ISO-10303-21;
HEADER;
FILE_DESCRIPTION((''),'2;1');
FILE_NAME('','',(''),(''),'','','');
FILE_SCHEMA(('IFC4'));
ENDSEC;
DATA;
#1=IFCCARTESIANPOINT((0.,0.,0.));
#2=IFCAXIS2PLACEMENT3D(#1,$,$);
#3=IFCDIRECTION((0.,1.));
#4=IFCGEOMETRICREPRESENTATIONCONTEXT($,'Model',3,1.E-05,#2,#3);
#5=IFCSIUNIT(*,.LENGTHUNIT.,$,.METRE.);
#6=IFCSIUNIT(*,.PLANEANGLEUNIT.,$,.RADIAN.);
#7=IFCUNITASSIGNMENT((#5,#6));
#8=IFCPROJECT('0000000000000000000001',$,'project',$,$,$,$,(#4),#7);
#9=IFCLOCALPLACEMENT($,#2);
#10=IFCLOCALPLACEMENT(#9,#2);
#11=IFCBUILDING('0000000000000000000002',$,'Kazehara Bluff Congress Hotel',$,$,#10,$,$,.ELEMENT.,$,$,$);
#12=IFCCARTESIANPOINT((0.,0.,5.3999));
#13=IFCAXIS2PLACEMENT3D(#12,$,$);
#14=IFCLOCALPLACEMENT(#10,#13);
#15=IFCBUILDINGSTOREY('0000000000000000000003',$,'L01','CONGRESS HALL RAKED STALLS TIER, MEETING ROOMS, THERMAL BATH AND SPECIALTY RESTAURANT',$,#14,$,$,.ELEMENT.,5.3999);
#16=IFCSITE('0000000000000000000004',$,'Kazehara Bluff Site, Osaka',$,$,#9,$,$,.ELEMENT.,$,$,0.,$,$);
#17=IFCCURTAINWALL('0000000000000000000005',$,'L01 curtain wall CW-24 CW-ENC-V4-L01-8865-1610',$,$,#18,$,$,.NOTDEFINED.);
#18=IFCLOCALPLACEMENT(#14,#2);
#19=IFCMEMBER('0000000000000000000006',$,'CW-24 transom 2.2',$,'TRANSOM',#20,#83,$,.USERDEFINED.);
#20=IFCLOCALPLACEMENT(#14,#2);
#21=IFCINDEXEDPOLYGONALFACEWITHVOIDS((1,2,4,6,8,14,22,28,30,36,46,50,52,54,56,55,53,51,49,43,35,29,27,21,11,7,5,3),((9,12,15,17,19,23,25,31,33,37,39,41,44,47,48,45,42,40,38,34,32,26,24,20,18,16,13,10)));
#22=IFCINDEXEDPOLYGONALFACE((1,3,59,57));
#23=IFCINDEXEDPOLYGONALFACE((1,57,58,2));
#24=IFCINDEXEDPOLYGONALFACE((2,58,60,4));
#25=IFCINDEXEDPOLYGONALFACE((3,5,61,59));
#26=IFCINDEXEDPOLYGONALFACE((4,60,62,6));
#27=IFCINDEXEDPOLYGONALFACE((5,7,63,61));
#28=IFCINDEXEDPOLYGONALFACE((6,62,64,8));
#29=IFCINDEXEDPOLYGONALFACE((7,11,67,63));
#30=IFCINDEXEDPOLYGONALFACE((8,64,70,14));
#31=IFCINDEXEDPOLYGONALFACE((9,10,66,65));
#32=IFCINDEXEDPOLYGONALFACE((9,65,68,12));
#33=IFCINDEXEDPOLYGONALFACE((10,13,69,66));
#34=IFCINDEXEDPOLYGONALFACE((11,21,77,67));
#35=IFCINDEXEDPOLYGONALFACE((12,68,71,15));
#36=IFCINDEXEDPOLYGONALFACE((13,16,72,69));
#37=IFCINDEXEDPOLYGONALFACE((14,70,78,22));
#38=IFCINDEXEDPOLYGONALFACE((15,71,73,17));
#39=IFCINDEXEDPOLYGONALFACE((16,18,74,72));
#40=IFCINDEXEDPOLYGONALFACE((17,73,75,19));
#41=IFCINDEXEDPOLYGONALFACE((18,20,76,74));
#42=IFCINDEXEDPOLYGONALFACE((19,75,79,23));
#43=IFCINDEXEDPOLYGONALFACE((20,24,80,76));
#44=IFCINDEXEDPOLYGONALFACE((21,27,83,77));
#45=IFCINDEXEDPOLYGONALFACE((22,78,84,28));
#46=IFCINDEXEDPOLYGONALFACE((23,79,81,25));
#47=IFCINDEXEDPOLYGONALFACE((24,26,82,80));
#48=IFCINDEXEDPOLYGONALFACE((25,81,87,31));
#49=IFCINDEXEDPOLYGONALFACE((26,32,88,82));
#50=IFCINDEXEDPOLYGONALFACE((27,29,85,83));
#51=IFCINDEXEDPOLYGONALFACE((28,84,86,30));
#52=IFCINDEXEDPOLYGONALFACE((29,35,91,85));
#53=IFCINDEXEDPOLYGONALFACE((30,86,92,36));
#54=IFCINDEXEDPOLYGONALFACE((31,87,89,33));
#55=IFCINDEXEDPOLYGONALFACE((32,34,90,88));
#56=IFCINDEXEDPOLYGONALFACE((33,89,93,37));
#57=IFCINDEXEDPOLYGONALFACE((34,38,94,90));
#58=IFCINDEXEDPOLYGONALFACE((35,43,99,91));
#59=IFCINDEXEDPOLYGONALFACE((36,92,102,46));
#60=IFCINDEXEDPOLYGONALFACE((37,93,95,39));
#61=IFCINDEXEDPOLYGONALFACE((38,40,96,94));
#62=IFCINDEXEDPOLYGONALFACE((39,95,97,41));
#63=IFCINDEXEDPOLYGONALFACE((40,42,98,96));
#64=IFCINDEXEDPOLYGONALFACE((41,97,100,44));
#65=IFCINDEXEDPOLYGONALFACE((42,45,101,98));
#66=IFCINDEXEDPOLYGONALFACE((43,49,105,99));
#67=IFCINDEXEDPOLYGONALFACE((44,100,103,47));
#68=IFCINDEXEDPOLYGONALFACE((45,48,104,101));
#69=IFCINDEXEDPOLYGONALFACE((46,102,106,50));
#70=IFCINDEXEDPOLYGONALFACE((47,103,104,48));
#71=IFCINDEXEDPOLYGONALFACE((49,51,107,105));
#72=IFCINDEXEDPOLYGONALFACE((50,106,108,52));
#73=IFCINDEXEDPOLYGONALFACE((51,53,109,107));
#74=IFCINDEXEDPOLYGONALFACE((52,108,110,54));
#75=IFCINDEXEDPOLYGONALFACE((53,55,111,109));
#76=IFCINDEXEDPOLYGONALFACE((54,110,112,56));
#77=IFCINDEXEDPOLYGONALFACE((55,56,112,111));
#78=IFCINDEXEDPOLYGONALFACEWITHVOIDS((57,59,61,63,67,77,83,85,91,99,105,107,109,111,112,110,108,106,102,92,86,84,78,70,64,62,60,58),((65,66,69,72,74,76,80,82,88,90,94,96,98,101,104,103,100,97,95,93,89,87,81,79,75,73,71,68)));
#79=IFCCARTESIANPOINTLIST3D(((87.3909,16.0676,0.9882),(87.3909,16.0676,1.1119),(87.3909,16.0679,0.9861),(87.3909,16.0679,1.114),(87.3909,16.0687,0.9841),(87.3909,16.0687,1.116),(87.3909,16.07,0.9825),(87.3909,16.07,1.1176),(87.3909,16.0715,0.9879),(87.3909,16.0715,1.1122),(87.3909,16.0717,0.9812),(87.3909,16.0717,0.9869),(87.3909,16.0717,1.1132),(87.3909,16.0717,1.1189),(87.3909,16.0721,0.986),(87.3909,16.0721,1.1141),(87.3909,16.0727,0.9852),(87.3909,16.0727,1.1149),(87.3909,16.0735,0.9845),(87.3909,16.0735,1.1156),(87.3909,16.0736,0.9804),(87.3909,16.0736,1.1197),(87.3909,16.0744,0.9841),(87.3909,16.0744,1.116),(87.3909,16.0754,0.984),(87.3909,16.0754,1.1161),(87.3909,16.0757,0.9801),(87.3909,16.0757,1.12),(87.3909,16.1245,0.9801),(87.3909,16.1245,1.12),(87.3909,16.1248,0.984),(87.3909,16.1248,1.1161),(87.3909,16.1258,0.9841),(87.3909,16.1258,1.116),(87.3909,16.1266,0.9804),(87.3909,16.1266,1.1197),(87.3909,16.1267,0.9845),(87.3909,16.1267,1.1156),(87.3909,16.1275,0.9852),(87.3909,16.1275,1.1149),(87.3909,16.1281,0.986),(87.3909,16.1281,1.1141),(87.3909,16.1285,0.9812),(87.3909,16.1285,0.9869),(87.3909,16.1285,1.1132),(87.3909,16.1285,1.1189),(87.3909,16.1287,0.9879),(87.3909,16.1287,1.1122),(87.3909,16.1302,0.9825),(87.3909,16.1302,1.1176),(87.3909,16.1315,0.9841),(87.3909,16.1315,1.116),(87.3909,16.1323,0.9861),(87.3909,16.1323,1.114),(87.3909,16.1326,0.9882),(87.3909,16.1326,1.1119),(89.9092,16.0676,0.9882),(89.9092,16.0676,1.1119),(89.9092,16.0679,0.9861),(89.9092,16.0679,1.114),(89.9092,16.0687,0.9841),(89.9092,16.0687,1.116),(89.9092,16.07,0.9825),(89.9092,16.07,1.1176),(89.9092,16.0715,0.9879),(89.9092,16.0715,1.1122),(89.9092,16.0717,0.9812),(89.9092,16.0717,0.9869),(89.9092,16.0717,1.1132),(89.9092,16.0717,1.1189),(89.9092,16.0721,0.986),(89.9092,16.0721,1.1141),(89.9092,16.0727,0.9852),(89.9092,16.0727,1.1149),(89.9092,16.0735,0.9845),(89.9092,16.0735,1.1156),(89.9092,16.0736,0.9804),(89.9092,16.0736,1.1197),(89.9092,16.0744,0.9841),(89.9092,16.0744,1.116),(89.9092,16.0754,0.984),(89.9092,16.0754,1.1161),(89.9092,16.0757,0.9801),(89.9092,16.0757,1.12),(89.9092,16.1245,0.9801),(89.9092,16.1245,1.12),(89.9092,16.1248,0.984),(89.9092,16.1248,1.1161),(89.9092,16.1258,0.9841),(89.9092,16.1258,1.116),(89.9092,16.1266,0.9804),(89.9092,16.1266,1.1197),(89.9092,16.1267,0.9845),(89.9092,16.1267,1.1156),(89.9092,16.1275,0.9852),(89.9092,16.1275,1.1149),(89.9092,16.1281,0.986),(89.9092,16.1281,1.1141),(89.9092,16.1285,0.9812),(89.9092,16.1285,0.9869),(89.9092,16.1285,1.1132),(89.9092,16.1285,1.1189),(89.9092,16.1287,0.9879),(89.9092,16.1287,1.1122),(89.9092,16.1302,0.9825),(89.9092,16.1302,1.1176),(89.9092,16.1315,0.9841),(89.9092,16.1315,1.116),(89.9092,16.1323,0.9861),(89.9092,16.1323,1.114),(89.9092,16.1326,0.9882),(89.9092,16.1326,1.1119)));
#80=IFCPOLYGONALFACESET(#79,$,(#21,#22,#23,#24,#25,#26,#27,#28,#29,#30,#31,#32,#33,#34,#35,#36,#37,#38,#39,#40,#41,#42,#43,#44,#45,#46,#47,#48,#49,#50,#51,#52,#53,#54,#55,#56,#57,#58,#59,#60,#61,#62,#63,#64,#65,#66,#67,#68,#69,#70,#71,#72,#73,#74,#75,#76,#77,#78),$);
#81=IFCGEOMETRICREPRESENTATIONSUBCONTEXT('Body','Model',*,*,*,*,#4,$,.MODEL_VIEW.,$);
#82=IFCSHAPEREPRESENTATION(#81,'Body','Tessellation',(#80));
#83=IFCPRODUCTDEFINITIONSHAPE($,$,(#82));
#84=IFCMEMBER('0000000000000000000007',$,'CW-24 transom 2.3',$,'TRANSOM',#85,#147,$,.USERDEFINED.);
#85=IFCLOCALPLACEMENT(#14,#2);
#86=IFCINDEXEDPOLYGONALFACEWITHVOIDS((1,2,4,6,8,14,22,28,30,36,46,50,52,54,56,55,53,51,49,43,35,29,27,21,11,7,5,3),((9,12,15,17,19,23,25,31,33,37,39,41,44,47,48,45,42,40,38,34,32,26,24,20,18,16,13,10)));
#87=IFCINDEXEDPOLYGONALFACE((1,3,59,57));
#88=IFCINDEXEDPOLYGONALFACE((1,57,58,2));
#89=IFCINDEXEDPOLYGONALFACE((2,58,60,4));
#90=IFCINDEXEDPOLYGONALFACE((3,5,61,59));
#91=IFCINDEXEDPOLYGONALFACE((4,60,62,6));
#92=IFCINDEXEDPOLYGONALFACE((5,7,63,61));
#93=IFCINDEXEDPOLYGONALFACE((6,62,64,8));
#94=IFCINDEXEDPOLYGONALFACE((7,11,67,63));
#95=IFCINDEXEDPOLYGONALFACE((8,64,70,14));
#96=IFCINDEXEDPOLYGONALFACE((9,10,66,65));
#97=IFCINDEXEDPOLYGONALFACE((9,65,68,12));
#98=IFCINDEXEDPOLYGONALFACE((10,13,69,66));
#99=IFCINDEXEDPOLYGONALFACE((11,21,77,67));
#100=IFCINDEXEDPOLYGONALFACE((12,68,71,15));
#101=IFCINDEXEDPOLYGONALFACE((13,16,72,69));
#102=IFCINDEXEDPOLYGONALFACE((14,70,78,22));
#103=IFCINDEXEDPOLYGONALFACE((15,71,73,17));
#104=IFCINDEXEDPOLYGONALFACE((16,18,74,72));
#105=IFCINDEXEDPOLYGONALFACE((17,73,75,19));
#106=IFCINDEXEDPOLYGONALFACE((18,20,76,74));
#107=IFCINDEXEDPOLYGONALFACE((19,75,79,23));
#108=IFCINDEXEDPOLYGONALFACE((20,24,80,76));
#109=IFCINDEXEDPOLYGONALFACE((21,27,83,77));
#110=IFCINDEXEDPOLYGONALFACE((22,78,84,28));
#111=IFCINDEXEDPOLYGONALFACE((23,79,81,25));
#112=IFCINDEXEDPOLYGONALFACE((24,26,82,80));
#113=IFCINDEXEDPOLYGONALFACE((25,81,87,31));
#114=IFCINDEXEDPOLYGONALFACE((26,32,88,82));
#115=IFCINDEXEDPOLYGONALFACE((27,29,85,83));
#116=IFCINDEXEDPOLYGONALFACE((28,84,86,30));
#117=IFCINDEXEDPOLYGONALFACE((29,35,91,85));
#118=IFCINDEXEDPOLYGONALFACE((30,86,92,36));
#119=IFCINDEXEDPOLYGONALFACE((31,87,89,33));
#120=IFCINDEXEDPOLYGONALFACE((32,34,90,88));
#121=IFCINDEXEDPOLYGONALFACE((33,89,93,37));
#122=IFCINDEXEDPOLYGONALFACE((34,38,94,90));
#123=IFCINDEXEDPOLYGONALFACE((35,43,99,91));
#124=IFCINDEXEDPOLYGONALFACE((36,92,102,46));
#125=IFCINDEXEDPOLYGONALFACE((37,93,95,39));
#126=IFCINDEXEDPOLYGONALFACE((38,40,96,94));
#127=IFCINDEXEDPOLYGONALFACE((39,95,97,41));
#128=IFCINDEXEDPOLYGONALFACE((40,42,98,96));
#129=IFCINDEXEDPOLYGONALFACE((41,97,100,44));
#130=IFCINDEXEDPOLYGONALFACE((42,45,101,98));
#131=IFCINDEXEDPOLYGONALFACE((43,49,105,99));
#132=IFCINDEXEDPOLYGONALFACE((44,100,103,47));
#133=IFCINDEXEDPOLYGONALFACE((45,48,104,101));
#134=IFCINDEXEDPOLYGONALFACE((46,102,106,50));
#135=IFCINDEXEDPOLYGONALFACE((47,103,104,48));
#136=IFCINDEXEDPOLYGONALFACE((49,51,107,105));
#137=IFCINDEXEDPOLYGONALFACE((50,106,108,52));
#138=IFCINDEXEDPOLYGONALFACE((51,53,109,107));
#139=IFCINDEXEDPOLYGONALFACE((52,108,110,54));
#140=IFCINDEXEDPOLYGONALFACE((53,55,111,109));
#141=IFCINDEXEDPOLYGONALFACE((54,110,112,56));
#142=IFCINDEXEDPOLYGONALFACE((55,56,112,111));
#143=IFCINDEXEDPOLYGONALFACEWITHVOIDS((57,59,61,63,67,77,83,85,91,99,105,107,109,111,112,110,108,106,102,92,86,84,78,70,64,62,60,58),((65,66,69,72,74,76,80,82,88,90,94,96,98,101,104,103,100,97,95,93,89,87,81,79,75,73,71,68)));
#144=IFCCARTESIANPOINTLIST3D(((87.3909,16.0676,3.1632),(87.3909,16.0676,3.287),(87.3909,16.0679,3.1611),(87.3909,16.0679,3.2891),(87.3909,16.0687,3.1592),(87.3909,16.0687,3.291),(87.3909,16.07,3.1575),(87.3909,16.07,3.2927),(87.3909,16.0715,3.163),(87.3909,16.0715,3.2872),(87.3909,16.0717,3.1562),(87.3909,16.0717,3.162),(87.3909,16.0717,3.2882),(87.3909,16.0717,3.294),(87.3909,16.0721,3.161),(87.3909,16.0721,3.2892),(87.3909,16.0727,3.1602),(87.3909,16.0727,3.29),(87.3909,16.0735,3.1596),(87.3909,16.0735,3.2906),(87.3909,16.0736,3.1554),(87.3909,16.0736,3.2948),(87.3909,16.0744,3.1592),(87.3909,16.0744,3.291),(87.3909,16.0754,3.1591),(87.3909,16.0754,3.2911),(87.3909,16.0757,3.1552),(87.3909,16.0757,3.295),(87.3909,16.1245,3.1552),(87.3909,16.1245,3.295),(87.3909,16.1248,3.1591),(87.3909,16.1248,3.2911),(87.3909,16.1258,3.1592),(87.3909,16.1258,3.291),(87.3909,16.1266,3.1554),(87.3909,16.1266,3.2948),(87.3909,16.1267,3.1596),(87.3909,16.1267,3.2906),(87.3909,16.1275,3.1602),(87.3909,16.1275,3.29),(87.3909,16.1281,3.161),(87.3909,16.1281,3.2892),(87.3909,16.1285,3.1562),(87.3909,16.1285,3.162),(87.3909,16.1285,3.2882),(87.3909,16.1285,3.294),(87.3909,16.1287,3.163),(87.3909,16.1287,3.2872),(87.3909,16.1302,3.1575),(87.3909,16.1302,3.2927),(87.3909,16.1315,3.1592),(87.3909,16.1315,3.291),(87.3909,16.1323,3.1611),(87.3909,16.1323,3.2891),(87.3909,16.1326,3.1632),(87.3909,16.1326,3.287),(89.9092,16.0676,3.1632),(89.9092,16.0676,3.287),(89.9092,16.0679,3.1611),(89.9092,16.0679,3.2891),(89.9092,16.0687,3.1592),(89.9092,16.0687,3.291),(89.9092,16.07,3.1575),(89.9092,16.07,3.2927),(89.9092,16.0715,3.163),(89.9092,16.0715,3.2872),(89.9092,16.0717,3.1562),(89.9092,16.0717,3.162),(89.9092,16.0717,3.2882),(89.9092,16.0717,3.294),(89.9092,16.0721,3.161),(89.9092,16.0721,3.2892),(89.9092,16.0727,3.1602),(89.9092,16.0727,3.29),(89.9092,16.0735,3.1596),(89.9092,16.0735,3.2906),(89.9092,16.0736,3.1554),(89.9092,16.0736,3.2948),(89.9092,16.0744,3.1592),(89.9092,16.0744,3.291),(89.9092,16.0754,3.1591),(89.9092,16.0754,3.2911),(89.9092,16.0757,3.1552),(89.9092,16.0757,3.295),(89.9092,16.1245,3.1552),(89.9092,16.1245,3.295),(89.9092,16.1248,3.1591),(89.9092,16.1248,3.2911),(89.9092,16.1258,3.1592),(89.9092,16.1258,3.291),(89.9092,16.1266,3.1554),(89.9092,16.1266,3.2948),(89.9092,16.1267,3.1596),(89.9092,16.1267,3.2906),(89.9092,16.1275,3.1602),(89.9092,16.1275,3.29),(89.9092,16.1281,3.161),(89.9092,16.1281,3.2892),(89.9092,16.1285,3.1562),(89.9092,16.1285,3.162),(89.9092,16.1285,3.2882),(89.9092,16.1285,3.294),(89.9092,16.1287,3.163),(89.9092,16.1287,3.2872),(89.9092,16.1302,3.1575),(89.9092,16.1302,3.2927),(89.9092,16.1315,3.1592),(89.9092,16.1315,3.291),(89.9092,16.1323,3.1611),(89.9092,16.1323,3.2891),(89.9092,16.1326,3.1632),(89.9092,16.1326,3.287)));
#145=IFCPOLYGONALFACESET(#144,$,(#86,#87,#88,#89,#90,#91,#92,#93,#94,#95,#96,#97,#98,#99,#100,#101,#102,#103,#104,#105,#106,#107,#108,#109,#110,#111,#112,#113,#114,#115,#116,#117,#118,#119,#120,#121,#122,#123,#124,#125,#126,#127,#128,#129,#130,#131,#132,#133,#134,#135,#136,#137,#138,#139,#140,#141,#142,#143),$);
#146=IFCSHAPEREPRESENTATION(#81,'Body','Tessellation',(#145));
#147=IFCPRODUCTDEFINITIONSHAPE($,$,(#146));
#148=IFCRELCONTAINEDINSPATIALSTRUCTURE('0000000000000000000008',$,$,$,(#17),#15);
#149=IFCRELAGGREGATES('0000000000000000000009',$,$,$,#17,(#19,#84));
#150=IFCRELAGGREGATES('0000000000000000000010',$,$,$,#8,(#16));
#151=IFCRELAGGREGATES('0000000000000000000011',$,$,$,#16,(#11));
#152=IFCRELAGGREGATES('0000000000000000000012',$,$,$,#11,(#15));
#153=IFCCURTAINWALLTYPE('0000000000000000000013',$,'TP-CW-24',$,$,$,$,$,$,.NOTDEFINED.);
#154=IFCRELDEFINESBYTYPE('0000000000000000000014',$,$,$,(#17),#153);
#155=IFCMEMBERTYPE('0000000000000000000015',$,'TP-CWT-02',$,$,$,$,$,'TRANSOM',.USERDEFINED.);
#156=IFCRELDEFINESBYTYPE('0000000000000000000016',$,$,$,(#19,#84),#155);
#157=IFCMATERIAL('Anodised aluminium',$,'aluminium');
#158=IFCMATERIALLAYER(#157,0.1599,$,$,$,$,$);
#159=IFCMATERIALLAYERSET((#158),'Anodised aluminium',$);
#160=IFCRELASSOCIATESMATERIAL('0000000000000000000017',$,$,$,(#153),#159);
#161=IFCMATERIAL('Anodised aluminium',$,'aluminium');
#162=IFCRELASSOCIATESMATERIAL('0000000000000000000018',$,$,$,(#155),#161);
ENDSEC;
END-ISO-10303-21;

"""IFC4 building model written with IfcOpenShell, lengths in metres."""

from ifc_helpers import new_model, si_unit, direction, frame, origin, origin_2d, place, context, subcontext, project, spatial, hollow_rectangle, extrude, material, layer, layer_set, material_profile, profile_set, type_object, element, aggregate, save


model = new_model("IFC4")

# Units and contexts
model_context = context("Model", 3, precision=1e-05, world=origin(), true_north=direction((0.0, 1.0)))
body_context = subcontext(model_context, "Body", "Model", "MODEL_VIEW")
ifc_project = project(units=[si_unit("LENGTHUNIT", "METRE"), si_unit("PLANEANGLEUNIT", "RADIAN")], contexts=[model_context])

# Site, building, storey
site_placement = place(None, origin())
site = spatial("IfcSite", under=ifc_project, at=site_placement, Name="Kazehara Bluff Site, Osaka", CompositionType="ELEMENT", RefElevation=0.0)
building_placement = place(site_placement, origin())
building = spatial("IfcBuilding", under=site, at=building_placement, Name="Kazehara Bluff Congress Hotel", CompositionType="ELEMENT")
storey_placement = place(building_placement, frame((0.0, 0.0, 5.3999)))
storey = spatial("IfcBuildingStorey", under=building, at=storey_placement, Name="L01", Description="CONGRESS HALL RAKED STALLS TIER, MEETING ROOMS, THERMAL BATH AND SPECIALTY RESTAURANT", CompositionType="ELEMENT", Elevation=5.3999)

# Curtain wall
ifc_material_1 = material(Name="Anodised aluminium", Category="aluminium")
ifc_layer_1 = layer(ifc_material_1, 0.1599)
ifc_layer_set_1 = layer_set([ifc_layer_1], Name="Anodised aluminium")
curtain_wall_type = type_object("IfcCurtainWallType", Name="TP-CW-24", PredefinedType="NOTDEFINED", material=ifc_layer_set_1)
curtain_wall_1_placement = place(storey_placement, origin())
curtain_wall_1 = element("IfcCurtainWall", 1, at=curtain_wall_1_placement, inside=storey, type_object=curtain_wall_type, Name="L01 curtain wall CW-24 CW-ENC-V4-L01-8865-1610", PredefinedType="NOTDEFINED")

# Members
ifc_material_2 = material(Name="Anodised aluminium", Category="aluminium")
ifc_material_profile_1 = material_profile(ifc_material_2, hollow_rectangle(XDim=0.0649, YDim=0.1399, WallThickness=0.0039, InnerFilletRadius=0.0039, OuterFilletRadius=0.0081, at=origin_2d()))
ifc_profile_set_1 = profile_set([ifc_material_profile_1], Name="Anodised aluminium")
member_type_1 = type_object("IfcMemberType", Name="TP-CWT-02", ElementType="TRANSOM", PredefinedType="USERDEFINED", material=ifc_profile_set_1)
member_1_placement = place(storey_placement, frame((89.9092, 16.1001, 1.05), z_axis=(-1.0, 0.0, 0.0), x_axis=(0.0, -1.0, 0.0)))
member_1 = element("IfcMember", 2, at=member_1_placement, type_object=member_type_1, Name="CW-24 transom 2.2", ObjectType="TRANSOM", PredefinedType="USERDEFINED", context=body_context, shape_type="SweptSolid", body=[
    extrude(hollow_rectangle(XDim=0.0649, YDim=0.1399, WallThickness=0.0039, InnerFilletRadius=0.0039, OuterFilletRadius=0.0081, at=origin_2d()), origin(), (0.0, 0.0, 1.0), 2.5183),
])
member_2_placement = place(storey_placement, frame((89.9092, 16.1001, 3.2251), z_axis=(-1.0, 0.0, 0.0), x_axis=(0.0, -1.0, 0.0)))
member_2 = element("IfcMember", 3, at=member_2_placement, type_object=member_type_1, Name="CW-24 transom 2.3", ObjectType="TRANSOM", PredefinedType="USERDEFINED", context=body_context, shape_type="SweptSolid", body=[
    extrude(hollow_rectangle(XDim=0.0649, YDim=0.1399, WallThickness=0.0039, InnerFilletRadius=0.0039, OuterFilletRadius=0.0081, at=origin_2d()), origin(), (0.0, 0.0, 1.0), 2.5183),
])

aggregate(curtain_wall_1, [member_1, member_2])

save(model, "model.ifc")
